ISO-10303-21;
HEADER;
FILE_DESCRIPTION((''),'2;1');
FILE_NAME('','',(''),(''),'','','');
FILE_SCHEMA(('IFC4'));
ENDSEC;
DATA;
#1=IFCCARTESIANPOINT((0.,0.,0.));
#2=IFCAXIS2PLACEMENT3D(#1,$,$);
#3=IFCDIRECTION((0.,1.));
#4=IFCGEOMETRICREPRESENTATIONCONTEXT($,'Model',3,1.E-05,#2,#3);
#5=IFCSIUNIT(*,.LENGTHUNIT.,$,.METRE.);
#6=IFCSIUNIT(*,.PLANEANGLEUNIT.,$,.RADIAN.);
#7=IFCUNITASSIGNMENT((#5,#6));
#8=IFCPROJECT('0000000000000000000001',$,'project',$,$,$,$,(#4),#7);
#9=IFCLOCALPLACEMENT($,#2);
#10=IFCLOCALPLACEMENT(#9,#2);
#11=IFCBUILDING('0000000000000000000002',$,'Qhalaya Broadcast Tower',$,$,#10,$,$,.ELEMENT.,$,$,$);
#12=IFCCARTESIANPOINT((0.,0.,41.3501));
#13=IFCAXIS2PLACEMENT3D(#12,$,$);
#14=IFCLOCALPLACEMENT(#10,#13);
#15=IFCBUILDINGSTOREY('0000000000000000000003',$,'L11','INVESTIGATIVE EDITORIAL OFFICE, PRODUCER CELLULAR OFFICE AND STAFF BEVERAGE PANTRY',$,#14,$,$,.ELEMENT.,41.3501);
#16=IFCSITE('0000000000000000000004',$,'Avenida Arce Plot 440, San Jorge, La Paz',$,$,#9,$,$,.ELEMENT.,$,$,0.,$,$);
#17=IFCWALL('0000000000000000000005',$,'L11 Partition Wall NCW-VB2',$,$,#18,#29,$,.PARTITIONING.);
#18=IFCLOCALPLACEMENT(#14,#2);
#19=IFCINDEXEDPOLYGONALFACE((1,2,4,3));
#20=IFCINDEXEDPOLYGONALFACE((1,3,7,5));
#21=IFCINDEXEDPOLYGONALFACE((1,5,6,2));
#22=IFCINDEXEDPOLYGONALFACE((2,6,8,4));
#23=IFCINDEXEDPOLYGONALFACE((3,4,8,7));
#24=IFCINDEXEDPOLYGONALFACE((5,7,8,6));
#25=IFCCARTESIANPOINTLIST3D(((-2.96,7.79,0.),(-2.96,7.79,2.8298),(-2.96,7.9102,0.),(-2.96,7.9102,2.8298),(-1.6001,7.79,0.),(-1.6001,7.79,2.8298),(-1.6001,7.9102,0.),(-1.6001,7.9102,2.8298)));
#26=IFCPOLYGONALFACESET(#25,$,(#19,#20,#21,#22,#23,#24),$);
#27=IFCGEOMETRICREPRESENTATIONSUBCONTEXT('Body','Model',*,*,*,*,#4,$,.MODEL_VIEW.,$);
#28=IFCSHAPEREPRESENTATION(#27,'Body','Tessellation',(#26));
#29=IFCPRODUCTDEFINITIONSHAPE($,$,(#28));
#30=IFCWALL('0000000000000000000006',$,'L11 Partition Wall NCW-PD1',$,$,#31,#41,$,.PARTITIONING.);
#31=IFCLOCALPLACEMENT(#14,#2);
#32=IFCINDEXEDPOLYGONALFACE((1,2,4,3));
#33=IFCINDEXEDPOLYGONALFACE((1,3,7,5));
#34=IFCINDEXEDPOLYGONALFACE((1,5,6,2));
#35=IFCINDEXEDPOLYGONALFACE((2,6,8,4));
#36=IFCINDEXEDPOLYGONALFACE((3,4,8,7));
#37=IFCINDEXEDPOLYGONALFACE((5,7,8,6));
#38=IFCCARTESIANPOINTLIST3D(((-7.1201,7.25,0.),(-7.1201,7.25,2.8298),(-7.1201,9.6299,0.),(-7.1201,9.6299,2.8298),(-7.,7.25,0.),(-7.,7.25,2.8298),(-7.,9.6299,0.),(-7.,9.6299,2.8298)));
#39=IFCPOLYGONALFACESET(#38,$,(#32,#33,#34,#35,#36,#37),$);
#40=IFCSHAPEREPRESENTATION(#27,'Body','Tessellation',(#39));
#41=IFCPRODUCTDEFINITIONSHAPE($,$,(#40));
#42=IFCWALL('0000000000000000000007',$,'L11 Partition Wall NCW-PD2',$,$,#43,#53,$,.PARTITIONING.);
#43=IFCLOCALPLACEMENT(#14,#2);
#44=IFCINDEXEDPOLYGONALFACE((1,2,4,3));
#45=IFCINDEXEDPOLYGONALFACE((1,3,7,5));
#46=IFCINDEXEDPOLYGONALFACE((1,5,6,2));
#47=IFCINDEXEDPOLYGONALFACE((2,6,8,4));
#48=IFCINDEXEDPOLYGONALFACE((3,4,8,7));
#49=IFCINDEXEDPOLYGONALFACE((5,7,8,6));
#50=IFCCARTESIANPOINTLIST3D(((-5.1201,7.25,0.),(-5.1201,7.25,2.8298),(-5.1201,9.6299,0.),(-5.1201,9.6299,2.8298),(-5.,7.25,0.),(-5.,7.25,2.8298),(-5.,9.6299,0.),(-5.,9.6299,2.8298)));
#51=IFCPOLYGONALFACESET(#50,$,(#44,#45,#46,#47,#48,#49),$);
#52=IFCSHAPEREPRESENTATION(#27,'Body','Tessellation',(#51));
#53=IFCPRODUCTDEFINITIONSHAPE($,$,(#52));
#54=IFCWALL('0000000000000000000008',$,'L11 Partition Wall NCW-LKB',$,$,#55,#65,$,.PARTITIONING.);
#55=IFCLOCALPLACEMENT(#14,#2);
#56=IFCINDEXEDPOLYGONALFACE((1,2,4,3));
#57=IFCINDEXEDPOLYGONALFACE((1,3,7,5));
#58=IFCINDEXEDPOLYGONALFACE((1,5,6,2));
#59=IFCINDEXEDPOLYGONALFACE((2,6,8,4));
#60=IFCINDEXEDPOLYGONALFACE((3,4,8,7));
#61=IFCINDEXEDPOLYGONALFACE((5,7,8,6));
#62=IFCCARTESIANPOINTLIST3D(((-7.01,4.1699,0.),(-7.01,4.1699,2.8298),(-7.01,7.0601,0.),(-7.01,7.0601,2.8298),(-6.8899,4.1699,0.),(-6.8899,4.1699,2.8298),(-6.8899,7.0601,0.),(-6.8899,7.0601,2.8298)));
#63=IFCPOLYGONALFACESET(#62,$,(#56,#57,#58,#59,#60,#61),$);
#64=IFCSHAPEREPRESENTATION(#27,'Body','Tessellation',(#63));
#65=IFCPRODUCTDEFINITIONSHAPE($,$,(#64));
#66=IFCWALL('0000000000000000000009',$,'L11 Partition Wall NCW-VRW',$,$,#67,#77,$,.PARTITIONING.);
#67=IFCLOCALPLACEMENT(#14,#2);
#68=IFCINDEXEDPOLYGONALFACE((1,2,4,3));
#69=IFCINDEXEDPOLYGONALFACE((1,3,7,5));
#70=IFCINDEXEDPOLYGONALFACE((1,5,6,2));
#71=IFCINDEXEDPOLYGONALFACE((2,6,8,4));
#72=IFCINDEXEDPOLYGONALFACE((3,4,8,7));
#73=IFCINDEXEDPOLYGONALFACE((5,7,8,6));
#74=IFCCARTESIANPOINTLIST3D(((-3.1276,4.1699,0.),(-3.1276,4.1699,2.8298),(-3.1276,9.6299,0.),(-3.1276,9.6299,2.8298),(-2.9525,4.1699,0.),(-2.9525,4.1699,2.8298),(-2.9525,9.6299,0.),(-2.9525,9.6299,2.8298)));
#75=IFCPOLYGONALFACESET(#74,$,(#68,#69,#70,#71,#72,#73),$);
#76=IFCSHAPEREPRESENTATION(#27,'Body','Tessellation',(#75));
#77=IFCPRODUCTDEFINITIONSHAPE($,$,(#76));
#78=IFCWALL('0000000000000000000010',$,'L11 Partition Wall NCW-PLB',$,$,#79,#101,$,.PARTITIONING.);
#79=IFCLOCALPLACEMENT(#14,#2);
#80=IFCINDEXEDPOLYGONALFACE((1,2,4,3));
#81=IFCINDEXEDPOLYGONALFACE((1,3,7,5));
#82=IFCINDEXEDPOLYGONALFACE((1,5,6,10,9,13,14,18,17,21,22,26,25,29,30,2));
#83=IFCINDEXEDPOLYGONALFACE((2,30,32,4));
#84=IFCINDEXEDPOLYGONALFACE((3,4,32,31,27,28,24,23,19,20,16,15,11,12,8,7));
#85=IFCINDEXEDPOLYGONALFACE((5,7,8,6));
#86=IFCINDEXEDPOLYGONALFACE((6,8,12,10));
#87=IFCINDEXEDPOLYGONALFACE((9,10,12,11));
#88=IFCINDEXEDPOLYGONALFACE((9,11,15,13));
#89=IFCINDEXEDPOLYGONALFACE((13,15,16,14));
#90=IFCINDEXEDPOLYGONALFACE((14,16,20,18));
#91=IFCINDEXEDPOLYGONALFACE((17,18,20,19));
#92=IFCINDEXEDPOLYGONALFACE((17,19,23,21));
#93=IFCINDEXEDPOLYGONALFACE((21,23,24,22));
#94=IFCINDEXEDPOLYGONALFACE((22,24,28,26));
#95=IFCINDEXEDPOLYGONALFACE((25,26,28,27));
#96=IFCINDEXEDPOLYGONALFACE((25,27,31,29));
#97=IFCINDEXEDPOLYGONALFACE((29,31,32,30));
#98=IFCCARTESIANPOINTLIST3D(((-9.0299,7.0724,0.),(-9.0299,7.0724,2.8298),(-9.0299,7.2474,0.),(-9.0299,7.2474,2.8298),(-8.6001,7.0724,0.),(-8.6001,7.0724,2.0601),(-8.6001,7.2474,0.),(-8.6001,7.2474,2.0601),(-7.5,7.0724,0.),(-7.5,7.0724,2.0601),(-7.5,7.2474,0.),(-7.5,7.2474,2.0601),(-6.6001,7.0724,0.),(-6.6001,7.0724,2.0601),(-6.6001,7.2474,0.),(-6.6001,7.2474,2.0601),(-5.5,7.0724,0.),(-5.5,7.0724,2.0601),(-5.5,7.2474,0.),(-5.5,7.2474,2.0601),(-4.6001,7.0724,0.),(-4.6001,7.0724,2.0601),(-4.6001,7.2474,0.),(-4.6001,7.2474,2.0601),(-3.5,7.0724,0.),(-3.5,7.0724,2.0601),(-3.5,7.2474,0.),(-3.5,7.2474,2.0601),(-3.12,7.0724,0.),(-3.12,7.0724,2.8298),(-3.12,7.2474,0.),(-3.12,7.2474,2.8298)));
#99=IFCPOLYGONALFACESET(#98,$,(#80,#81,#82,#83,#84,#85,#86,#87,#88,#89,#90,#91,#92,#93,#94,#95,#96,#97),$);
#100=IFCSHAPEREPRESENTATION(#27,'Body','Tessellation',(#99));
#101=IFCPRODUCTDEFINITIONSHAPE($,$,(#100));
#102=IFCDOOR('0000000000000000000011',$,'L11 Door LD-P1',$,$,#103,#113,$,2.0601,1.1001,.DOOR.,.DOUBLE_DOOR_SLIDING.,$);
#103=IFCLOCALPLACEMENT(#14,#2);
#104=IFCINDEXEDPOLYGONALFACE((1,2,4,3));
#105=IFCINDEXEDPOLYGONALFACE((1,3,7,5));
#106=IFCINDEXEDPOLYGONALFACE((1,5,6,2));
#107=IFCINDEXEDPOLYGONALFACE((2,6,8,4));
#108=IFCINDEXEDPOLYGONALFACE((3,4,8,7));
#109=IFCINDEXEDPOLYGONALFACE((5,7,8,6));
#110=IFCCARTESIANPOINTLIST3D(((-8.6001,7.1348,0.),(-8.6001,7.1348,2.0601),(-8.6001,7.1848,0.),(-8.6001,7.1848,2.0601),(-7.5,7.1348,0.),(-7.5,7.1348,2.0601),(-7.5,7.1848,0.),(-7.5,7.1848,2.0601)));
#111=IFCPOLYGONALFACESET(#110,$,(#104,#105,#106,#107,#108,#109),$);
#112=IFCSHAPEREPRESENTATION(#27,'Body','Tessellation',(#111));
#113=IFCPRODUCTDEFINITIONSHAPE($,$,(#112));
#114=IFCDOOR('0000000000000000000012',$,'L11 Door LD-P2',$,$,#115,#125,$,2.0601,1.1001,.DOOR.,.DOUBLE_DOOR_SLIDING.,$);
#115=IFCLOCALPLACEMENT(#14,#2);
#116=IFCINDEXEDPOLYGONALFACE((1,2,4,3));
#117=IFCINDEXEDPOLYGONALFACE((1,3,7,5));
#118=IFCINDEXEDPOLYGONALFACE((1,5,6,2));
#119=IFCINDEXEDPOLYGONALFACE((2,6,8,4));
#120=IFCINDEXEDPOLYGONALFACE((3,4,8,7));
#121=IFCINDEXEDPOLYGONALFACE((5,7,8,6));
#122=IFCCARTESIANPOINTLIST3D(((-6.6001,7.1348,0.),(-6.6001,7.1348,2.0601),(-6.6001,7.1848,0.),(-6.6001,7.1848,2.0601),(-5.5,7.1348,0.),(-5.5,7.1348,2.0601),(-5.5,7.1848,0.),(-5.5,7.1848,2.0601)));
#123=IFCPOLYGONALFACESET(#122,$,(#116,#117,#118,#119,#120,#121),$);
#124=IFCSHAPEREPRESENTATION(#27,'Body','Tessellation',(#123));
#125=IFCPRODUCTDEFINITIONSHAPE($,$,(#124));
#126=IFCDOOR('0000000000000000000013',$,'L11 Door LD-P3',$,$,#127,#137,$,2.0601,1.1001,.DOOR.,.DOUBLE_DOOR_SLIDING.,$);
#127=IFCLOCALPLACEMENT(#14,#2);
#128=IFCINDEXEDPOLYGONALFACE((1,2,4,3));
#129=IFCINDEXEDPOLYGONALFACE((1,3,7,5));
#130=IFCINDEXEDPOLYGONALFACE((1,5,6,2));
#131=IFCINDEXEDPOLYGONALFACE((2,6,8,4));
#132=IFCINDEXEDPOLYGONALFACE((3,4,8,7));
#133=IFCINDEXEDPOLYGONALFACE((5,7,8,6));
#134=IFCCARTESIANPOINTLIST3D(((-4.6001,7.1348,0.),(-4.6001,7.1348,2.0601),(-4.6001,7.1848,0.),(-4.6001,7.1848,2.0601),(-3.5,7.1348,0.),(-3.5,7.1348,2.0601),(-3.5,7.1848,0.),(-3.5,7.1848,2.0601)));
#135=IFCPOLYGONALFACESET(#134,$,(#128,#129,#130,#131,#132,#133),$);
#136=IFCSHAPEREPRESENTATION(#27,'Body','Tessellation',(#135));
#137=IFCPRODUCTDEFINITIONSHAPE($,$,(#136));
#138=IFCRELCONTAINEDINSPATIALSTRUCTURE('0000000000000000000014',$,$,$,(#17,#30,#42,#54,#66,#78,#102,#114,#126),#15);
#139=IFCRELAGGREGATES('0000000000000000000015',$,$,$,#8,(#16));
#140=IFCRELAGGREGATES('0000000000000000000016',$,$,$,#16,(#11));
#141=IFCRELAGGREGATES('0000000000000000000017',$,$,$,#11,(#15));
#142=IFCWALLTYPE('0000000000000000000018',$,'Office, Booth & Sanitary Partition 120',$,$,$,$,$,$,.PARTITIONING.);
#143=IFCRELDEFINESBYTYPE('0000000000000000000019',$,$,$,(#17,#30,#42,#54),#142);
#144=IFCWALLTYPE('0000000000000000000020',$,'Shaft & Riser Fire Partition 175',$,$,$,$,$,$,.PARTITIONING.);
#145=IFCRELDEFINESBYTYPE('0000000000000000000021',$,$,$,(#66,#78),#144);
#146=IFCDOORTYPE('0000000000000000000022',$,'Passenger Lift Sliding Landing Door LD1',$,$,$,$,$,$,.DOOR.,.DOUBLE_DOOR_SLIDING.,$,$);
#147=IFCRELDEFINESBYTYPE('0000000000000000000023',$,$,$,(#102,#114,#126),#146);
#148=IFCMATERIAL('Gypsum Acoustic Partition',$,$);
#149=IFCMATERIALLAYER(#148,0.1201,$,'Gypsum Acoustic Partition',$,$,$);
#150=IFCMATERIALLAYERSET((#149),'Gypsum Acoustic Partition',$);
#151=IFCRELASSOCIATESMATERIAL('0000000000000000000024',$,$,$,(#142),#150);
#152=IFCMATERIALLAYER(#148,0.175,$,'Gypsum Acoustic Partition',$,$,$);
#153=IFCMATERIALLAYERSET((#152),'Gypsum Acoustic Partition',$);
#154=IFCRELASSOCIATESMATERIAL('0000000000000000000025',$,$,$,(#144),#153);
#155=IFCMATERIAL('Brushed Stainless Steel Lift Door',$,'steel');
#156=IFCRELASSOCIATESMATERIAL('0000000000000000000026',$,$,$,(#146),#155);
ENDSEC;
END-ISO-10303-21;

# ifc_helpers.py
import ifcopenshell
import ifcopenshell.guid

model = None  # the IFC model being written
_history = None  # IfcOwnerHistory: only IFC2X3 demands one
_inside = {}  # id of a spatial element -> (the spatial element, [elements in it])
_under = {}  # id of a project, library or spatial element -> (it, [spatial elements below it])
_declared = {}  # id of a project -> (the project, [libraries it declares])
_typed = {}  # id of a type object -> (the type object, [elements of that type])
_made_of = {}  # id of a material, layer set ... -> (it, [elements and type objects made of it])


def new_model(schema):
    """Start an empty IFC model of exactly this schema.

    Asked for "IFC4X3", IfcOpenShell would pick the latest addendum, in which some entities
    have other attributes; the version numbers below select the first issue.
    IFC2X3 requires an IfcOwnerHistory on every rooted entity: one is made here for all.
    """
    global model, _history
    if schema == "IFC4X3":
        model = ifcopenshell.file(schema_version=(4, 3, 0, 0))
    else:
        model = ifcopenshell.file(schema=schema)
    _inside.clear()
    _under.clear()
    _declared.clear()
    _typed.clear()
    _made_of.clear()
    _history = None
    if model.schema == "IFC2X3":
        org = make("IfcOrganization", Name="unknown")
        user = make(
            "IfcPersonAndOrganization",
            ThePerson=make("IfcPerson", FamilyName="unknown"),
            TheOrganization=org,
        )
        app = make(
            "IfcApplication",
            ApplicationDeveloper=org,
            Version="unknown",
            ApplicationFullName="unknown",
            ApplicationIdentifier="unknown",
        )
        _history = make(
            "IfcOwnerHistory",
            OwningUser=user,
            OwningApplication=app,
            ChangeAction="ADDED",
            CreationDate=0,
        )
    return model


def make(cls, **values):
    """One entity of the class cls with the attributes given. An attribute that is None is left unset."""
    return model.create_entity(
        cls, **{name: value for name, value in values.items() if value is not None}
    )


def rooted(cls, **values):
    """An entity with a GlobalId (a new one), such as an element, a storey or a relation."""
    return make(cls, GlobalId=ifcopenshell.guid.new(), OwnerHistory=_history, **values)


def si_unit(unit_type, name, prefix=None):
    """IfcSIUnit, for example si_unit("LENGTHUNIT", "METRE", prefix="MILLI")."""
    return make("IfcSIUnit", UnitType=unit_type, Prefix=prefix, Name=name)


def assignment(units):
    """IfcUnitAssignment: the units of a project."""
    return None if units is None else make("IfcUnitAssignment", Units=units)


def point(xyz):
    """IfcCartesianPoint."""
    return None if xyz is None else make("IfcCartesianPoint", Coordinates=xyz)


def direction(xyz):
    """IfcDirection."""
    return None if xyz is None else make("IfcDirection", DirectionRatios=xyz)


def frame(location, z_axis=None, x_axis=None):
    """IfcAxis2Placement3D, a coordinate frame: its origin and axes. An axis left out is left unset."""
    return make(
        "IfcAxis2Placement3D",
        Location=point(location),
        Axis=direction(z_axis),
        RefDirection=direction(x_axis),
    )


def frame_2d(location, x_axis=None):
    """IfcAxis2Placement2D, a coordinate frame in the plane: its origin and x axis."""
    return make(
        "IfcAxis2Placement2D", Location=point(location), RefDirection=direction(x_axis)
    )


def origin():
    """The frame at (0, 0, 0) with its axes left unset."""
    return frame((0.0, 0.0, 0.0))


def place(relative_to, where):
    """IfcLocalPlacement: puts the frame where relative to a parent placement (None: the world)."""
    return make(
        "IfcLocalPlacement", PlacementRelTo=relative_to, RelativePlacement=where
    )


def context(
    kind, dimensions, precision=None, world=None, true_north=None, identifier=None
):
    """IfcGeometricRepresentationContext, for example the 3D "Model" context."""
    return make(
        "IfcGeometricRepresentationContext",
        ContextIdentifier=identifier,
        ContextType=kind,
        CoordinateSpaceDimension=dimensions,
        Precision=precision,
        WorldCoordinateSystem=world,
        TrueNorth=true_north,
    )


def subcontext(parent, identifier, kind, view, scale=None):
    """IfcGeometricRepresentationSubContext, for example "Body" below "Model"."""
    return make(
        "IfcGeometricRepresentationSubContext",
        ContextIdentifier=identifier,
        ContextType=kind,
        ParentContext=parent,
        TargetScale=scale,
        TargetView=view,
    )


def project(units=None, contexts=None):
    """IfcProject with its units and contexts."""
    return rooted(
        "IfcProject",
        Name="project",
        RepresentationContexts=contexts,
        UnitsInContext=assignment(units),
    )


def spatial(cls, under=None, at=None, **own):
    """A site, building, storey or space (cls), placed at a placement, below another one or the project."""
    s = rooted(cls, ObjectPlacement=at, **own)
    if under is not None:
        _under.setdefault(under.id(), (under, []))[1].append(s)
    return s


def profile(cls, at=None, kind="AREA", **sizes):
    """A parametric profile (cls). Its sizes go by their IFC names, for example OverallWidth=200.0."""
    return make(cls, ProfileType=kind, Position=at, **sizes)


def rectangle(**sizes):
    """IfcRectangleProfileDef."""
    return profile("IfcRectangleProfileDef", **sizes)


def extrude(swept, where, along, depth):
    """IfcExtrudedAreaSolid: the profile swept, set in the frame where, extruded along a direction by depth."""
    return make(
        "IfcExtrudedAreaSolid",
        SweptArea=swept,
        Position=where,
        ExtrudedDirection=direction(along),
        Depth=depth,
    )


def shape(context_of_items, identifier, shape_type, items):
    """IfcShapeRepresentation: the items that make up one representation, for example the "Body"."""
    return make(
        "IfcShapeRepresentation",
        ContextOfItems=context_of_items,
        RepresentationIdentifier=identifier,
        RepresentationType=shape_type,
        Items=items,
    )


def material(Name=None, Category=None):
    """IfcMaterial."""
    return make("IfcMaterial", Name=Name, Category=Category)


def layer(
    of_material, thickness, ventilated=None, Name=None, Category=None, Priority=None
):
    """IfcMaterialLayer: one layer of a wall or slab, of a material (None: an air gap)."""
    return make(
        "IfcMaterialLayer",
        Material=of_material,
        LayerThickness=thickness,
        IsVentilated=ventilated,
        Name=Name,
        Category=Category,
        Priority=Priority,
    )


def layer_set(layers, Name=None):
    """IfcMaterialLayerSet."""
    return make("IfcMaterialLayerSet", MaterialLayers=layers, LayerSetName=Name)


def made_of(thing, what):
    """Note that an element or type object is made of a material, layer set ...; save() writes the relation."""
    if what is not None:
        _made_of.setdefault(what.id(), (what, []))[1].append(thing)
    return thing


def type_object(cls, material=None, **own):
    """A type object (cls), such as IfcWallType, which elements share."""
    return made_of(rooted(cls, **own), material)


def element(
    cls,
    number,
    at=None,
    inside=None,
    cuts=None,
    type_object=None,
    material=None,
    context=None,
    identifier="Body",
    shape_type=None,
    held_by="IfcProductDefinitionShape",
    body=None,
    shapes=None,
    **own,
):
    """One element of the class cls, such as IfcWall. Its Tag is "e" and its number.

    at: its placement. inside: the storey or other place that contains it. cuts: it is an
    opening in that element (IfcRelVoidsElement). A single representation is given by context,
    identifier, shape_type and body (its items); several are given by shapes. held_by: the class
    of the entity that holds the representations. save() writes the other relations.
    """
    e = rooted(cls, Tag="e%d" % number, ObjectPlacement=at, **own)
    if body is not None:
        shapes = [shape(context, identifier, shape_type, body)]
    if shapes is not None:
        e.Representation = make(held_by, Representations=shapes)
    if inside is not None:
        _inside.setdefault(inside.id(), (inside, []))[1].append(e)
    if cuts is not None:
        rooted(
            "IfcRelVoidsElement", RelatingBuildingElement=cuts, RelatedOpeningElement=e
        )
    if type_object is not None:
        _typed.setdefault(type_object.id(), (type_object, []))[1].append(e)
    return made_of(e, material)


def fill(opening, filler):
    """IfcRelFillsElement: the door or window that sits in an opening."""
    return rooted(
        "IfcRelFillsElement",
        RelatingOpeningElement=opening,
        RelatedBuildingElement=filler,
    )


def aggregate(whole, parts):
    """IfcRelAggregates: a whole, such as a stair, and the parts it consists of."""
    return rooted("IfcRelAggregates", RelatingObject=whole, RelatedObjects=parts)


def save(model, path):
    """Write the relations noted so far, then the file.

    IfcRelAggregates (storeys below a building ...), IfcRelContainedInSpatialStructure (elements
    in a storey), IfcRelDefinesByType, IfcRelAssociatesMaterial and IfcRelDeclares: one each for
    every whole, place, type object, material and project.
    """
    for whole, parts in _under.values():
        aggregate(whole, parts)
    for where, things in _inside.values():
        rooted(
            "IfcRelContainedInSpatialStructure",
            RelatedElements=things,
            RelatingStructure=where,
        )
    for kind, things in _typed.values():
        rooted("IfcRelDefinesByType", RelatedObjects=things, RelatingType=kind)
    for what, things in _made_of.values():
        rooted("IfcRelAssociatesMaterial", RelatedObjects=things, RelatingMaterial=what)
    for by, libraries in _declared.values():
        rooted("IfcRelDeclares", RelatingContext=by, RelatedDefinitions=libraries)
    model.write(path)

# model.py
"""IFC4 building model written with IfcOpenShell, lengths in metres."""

from ifc_helpers import new_model, si_unit, direction, frame, frame_2d, origin, place, context, subcontext, project, spatial, rectangle, extrude, material, layer, layer_set, type_object, element, fill, save


model = new_model("IFC4")

# Units and contexts
model_context = context("Model", 3, precision=1e-05, world=origin(), true_north=direction((0.0, 1.0)))
body_context = subcontext(model_context, "Body", "Model", "MODEL_VIEW")
ifc_project = project(units=[si_unit("LENGTHUNIT", "METRE"), si_unit("PLANEANGLEUNIT", "RADIAN")], contexts=[model_context])

# Site, building, storey
site_placement = place(None, origin())
site = spatial("IfcSite", under=ifc_project, at=site_placement, Name="Avenida Arce Plot 440, San Jorge, La Paz", CompositionType="ELEMENT", RefElevation=0.0)
building_placement = place(site_placement, origin())
building = spatial("IfcBuilding", under=site, at=building_placement, Name="Qhalaya Broadcast Tower", CompositionType="ELEMENT")
storey_placement = place(building_placement, frame((0.0, 0.0, 41.3501)))
storey = spatial("IfcBuildingStorey", under=building, at=storey_placement, Name="L11", Description="INVESTIGATIVE EDITORIAL OFFICE, PRODUCER CELLULAR OFFICE AND STAFF BEVERAGE PANTRY", CompositionType="ELEMENT", Elevation=41.3501)

# Shared definitions
ifc_material_1 = material(Name="Gypsum Acoustic Partition")

# Walls
ifc_layer_1 = layer(ifc_material_1, 0.1201, Name="Gypsum Acoustic Partition")
ifc_layer_set_1 = layer_set([ifc_layer_1], Name="Gypsum Acoustic Partition")
wall_type_1 = type_object("IfcWallType", Name="Office, Booth & Sanitary Partition 120", PredefinedType="PARTITIONING", material=ifc_layer_set_1)
for number, where, z_axis, x_axis, name in (
    (1, (-2.96, 7.8501, 0.0), (0.0, 0.0, 1.0), (1.0, 0.0, 0.0), "L11 Partition Wall NCW-VB2"),
):
    element("IfcWall", number, at=place(storey_placement, frame(where, z_axis=z_axis, x_axis=x_axis)), inside=storey, type_object=wall_type_1, Name=name, PredefinedType="PARTITIONING", context=body_context, shape_type="SweptSolid", body=[
        extrude(rectangle(XDim=1.3599, YDim=0.1201, at=frame_2d((0.6799, 0.0))), origin(), (0.0, 0.0, 1.0), 2.8298),
    ])
for number, where, z_axis, x_axis, name in (
    (2, (-7.0601, 7.25, 0.0), (0.0, 0.0, 1.0), (0.0, 1.0, 0.0), "L11 Partition Wall NCW-PD1"),
    (3, (-5.0601, 7.25, 0.0), (0.0, 0.0, 1.0), (0.0, 1.0, 0.0), "L11 Partition Wall NCW-PD2"),
):
    element("IfcWall", number, at=place(storey_placement, frame(where, z_axis=z_axis, x_axis=x_axis)), inside=storey, type_object=wall_type_1, Name=name, PredefinedType="PARTITIONING", context=body_context, shape_type="SweptSolid", body=[
        extrude(rectangle(XDim=2.3799, YDim=0.1201, at=frame_2d((1.1899, 0.0))), origin(), (0.0, 0.0, 1.0), 2.8298),
    ])
wall_1_placement = place(storey_placement, frame((-6.95, 4.1699, 0.0), z_axis=(0.0, 0.0, 1.0), x_axis=(0.0, 1.0, 0.0)))
element("IfcWall", 4, at=wall_1_placement, inside=storey, type_object=wall_type_1, Name="L11 Partition Wall NCW-LKB", PredefinedType="PARTITIONING", context=body_context, shape_type="SweptSolid", body=[
    extrude(rectangle(XDim=2.8901, YDim=0.1201, at=frame_2d((1.4451, 0.0))), origin(), (0.0, 0.0, 1.0), 2.8298),
])
ifc_layer_2 = layer(ifc_material_1, 0.175, Name="Gypsum Acoustic Partition")
ifc_layer_set_2 = layer_set([ifc_layer_2], Name="Gypsum Acoustic Partition")
wall_type_2 = type_object("IfcWallType", Name="Shaft & Riser Fire Partition 175", PredefinedType="PARTITIONING", material=ifc_layer_set_2)
wall_2_placement = place(storey_placement, frame((-3.04, 4.1699, 0.0), z_axis=(0.0, 0.0, 1.0), x_axis=(0.0, 1.0, 0.0)))
element("IfcWall", 5, at=wall_2_placement, inside=storey, type_object=wall_type_2, Name="L11 Partition Wall NCW-VRW", PredefinedType="PARTITIONING", context=body_context, shape_type="SweptSolid", body=[
    extrude(rectangle(XDim=5.46, YDim=0.175, at=frame_2d((2.73, 0.0))), origin(), (0.0, 0.0, 1.0), 2.8298),
])

# Wall, openings, doors
wall_3_placement = place(storey_placement, frame((-9.03, 7.1599, 0.0), z_axis=(0.0, 0.0, 1.0), x_axis=(1.0, 0.0, 0.0)))
wall_3 = element("IfcWall", 6, at=wall_3_placement, inside=storey, type_object=wall_type_2, Name="L11 Partition Wall NCW-PLB", PredefinedType="PARTITIONING", context=body_context, shape_type="SweptSolid", body=[
    extrude(rectangle(XDim=5.9099, YDim=0.175, at=frame_2d((2.9551, 0.0))), origin(), (0.0, 0.0, 1.0), 2.8298),
])
opening_1_placement = place(wall_3_placement, frame((0.4299, 0.0, 0.0)))
opening_1 = element("IfcOpeningElement", 7, at=opening_1_placement, cuts=wall_3, PredefinedType="OPENING", context=body_context, shape_type="SweptSolid", body=[
    extrude(rectangle(XDim=1.1001, YDim=2.0601, at=frame_2d((0.55, 1.03))), frame((0.0, 0.0996, 0.0), z_axis=(0.0, -1.0, 0.0), x_axis=(1.0, 0.0, 0.0)), (0.0, 0.0, 1.0), 0.199),
])
opening_2_placement = place(wall_3_placement, frame((2.4299, 0.0, 0.0)))
opening_2 = element("IfcOpeningElement", 8, at=opening_2_placement, cuts=wall_3, PredefinedType="OPENING", context=body_context, shape_type="SweptSolid", body=[
    extrude(rectangle(XDim=1.1001, YDim=2.0601, at=frame_2d((0.55, 1.03))), frame((0.0, 0.0996, 0.0), z_axis=(0.0, -1.0, 0.0), x_axis=(1.0, 0.0, 0.0)), (0.0, 0.0, 1.0), 0.199),
])
opening_3_placement = place(wall_3_placement, frame((4.4299, 0.0, 0.0)))
opening_3 = element("IfcOpeningElement", 9, at=opening_3_placement, cuts=wall_3, PredefinedType="OPENING", context=body_context, shape_type="SweptSolid", body=[
    extrude(rectangle(XDim=1.1001, YDim=2.0601, at=frame_2d((0.55, 1.03))), frame((0.0, 0.0996, 0.0), z_axis=(0.0, -1.0, 0.0), x_axis=(1.0, 0.0, 0.0)), (0.0, 0.0, 1.0), 0.199),
])
ifc_material_2 = material(Name="Brushed Stainless Steel Lift Door", Category="steel")
door_type_1 = type_object("IfcDoorType", Name="Passenger Lift Sliding Landing Door LD1", OperationType="DOUBLE_DOOR_SLIDING", PredefinedType="DOOR", material=ifc_material_2)
door_1_placement = place(opening_1_placement, origin())
door_1 = element("IfcDoor", 10, at=door_1_placement, inside=storey, type_object=door_type_1, Name="L11 Door LD-P1", OperationType="DOUBLE_DOOR_SLIDING", OverallHeight=2.0601, OverallWidth=1.1001, PredefinedType="DOOR", context=body_context, shape_type="SweptSolid", body=[
    extrude(rectangle(XDim=1.1001, YDim=2.0601, at=frame_2d((0.55, 1.03))), frame((0.0, 0.0249, 0.0), z_axis=(0.0, -1.0, 0.0), x_axis=(1.0, 0.0, 0.0)), (0.0, 0.0, 1.0), 0.05),
])
fill(opening_1, door_1)
door_2_placement = place(opening_2_placement, origin())
door_2 = element("IfcDoor", 11, at=door_2_placement, inside=storey, type_object=door_type_1, Name="L11 Door LD-P2", OperationType="DOUBLE_DOOR_SLIDING", OverallHeight=2.0601, OverallWidth=1.1001, PredefinedType="DOOR", context=body_context, shape_type="SweptSolid", body=[
    extrude(rectangle(XDim=1.1001, YDim=2.0601, at=frame_2d((0.55, 1.03))), frame((0.0, 0.0249, 0.0), z_axis=(0.0, -1.0, 0.0), x_axis=(1.0, 0.0, 0.0)), (0.0, 0.0, 1.0), 0.05),
])
fill(opening_2, door_2)
door_3_placement = place(opening_3_placement, origin())
door_3 = element("IfcDoor", 12, at=door_3_placement, inside=storey, type_object=door_type_1, Name="L11 Door LD-P3", OperationType="DOUBLE_DOOR_SLIDING", OverallHeight=2.0601, OverallWidth=1.1001, PredefinedType="DOOR", context=body_context, shape_type="SweptSolid", body=[
    extrude(rectangle(XDim=1.1001, YDim=2.0601, at=frame_2d((0.55, 1.03))), frame((0.0, 0.0249, 0.0), z_axis=(0.0, -1.0, 0.0), x_axis=(1.0, 0.0, 0.0)), (0.0, 0.0, 1.0), 0.05),
])
fill(opening_3, door_3)

save(model, "model.ifc")
